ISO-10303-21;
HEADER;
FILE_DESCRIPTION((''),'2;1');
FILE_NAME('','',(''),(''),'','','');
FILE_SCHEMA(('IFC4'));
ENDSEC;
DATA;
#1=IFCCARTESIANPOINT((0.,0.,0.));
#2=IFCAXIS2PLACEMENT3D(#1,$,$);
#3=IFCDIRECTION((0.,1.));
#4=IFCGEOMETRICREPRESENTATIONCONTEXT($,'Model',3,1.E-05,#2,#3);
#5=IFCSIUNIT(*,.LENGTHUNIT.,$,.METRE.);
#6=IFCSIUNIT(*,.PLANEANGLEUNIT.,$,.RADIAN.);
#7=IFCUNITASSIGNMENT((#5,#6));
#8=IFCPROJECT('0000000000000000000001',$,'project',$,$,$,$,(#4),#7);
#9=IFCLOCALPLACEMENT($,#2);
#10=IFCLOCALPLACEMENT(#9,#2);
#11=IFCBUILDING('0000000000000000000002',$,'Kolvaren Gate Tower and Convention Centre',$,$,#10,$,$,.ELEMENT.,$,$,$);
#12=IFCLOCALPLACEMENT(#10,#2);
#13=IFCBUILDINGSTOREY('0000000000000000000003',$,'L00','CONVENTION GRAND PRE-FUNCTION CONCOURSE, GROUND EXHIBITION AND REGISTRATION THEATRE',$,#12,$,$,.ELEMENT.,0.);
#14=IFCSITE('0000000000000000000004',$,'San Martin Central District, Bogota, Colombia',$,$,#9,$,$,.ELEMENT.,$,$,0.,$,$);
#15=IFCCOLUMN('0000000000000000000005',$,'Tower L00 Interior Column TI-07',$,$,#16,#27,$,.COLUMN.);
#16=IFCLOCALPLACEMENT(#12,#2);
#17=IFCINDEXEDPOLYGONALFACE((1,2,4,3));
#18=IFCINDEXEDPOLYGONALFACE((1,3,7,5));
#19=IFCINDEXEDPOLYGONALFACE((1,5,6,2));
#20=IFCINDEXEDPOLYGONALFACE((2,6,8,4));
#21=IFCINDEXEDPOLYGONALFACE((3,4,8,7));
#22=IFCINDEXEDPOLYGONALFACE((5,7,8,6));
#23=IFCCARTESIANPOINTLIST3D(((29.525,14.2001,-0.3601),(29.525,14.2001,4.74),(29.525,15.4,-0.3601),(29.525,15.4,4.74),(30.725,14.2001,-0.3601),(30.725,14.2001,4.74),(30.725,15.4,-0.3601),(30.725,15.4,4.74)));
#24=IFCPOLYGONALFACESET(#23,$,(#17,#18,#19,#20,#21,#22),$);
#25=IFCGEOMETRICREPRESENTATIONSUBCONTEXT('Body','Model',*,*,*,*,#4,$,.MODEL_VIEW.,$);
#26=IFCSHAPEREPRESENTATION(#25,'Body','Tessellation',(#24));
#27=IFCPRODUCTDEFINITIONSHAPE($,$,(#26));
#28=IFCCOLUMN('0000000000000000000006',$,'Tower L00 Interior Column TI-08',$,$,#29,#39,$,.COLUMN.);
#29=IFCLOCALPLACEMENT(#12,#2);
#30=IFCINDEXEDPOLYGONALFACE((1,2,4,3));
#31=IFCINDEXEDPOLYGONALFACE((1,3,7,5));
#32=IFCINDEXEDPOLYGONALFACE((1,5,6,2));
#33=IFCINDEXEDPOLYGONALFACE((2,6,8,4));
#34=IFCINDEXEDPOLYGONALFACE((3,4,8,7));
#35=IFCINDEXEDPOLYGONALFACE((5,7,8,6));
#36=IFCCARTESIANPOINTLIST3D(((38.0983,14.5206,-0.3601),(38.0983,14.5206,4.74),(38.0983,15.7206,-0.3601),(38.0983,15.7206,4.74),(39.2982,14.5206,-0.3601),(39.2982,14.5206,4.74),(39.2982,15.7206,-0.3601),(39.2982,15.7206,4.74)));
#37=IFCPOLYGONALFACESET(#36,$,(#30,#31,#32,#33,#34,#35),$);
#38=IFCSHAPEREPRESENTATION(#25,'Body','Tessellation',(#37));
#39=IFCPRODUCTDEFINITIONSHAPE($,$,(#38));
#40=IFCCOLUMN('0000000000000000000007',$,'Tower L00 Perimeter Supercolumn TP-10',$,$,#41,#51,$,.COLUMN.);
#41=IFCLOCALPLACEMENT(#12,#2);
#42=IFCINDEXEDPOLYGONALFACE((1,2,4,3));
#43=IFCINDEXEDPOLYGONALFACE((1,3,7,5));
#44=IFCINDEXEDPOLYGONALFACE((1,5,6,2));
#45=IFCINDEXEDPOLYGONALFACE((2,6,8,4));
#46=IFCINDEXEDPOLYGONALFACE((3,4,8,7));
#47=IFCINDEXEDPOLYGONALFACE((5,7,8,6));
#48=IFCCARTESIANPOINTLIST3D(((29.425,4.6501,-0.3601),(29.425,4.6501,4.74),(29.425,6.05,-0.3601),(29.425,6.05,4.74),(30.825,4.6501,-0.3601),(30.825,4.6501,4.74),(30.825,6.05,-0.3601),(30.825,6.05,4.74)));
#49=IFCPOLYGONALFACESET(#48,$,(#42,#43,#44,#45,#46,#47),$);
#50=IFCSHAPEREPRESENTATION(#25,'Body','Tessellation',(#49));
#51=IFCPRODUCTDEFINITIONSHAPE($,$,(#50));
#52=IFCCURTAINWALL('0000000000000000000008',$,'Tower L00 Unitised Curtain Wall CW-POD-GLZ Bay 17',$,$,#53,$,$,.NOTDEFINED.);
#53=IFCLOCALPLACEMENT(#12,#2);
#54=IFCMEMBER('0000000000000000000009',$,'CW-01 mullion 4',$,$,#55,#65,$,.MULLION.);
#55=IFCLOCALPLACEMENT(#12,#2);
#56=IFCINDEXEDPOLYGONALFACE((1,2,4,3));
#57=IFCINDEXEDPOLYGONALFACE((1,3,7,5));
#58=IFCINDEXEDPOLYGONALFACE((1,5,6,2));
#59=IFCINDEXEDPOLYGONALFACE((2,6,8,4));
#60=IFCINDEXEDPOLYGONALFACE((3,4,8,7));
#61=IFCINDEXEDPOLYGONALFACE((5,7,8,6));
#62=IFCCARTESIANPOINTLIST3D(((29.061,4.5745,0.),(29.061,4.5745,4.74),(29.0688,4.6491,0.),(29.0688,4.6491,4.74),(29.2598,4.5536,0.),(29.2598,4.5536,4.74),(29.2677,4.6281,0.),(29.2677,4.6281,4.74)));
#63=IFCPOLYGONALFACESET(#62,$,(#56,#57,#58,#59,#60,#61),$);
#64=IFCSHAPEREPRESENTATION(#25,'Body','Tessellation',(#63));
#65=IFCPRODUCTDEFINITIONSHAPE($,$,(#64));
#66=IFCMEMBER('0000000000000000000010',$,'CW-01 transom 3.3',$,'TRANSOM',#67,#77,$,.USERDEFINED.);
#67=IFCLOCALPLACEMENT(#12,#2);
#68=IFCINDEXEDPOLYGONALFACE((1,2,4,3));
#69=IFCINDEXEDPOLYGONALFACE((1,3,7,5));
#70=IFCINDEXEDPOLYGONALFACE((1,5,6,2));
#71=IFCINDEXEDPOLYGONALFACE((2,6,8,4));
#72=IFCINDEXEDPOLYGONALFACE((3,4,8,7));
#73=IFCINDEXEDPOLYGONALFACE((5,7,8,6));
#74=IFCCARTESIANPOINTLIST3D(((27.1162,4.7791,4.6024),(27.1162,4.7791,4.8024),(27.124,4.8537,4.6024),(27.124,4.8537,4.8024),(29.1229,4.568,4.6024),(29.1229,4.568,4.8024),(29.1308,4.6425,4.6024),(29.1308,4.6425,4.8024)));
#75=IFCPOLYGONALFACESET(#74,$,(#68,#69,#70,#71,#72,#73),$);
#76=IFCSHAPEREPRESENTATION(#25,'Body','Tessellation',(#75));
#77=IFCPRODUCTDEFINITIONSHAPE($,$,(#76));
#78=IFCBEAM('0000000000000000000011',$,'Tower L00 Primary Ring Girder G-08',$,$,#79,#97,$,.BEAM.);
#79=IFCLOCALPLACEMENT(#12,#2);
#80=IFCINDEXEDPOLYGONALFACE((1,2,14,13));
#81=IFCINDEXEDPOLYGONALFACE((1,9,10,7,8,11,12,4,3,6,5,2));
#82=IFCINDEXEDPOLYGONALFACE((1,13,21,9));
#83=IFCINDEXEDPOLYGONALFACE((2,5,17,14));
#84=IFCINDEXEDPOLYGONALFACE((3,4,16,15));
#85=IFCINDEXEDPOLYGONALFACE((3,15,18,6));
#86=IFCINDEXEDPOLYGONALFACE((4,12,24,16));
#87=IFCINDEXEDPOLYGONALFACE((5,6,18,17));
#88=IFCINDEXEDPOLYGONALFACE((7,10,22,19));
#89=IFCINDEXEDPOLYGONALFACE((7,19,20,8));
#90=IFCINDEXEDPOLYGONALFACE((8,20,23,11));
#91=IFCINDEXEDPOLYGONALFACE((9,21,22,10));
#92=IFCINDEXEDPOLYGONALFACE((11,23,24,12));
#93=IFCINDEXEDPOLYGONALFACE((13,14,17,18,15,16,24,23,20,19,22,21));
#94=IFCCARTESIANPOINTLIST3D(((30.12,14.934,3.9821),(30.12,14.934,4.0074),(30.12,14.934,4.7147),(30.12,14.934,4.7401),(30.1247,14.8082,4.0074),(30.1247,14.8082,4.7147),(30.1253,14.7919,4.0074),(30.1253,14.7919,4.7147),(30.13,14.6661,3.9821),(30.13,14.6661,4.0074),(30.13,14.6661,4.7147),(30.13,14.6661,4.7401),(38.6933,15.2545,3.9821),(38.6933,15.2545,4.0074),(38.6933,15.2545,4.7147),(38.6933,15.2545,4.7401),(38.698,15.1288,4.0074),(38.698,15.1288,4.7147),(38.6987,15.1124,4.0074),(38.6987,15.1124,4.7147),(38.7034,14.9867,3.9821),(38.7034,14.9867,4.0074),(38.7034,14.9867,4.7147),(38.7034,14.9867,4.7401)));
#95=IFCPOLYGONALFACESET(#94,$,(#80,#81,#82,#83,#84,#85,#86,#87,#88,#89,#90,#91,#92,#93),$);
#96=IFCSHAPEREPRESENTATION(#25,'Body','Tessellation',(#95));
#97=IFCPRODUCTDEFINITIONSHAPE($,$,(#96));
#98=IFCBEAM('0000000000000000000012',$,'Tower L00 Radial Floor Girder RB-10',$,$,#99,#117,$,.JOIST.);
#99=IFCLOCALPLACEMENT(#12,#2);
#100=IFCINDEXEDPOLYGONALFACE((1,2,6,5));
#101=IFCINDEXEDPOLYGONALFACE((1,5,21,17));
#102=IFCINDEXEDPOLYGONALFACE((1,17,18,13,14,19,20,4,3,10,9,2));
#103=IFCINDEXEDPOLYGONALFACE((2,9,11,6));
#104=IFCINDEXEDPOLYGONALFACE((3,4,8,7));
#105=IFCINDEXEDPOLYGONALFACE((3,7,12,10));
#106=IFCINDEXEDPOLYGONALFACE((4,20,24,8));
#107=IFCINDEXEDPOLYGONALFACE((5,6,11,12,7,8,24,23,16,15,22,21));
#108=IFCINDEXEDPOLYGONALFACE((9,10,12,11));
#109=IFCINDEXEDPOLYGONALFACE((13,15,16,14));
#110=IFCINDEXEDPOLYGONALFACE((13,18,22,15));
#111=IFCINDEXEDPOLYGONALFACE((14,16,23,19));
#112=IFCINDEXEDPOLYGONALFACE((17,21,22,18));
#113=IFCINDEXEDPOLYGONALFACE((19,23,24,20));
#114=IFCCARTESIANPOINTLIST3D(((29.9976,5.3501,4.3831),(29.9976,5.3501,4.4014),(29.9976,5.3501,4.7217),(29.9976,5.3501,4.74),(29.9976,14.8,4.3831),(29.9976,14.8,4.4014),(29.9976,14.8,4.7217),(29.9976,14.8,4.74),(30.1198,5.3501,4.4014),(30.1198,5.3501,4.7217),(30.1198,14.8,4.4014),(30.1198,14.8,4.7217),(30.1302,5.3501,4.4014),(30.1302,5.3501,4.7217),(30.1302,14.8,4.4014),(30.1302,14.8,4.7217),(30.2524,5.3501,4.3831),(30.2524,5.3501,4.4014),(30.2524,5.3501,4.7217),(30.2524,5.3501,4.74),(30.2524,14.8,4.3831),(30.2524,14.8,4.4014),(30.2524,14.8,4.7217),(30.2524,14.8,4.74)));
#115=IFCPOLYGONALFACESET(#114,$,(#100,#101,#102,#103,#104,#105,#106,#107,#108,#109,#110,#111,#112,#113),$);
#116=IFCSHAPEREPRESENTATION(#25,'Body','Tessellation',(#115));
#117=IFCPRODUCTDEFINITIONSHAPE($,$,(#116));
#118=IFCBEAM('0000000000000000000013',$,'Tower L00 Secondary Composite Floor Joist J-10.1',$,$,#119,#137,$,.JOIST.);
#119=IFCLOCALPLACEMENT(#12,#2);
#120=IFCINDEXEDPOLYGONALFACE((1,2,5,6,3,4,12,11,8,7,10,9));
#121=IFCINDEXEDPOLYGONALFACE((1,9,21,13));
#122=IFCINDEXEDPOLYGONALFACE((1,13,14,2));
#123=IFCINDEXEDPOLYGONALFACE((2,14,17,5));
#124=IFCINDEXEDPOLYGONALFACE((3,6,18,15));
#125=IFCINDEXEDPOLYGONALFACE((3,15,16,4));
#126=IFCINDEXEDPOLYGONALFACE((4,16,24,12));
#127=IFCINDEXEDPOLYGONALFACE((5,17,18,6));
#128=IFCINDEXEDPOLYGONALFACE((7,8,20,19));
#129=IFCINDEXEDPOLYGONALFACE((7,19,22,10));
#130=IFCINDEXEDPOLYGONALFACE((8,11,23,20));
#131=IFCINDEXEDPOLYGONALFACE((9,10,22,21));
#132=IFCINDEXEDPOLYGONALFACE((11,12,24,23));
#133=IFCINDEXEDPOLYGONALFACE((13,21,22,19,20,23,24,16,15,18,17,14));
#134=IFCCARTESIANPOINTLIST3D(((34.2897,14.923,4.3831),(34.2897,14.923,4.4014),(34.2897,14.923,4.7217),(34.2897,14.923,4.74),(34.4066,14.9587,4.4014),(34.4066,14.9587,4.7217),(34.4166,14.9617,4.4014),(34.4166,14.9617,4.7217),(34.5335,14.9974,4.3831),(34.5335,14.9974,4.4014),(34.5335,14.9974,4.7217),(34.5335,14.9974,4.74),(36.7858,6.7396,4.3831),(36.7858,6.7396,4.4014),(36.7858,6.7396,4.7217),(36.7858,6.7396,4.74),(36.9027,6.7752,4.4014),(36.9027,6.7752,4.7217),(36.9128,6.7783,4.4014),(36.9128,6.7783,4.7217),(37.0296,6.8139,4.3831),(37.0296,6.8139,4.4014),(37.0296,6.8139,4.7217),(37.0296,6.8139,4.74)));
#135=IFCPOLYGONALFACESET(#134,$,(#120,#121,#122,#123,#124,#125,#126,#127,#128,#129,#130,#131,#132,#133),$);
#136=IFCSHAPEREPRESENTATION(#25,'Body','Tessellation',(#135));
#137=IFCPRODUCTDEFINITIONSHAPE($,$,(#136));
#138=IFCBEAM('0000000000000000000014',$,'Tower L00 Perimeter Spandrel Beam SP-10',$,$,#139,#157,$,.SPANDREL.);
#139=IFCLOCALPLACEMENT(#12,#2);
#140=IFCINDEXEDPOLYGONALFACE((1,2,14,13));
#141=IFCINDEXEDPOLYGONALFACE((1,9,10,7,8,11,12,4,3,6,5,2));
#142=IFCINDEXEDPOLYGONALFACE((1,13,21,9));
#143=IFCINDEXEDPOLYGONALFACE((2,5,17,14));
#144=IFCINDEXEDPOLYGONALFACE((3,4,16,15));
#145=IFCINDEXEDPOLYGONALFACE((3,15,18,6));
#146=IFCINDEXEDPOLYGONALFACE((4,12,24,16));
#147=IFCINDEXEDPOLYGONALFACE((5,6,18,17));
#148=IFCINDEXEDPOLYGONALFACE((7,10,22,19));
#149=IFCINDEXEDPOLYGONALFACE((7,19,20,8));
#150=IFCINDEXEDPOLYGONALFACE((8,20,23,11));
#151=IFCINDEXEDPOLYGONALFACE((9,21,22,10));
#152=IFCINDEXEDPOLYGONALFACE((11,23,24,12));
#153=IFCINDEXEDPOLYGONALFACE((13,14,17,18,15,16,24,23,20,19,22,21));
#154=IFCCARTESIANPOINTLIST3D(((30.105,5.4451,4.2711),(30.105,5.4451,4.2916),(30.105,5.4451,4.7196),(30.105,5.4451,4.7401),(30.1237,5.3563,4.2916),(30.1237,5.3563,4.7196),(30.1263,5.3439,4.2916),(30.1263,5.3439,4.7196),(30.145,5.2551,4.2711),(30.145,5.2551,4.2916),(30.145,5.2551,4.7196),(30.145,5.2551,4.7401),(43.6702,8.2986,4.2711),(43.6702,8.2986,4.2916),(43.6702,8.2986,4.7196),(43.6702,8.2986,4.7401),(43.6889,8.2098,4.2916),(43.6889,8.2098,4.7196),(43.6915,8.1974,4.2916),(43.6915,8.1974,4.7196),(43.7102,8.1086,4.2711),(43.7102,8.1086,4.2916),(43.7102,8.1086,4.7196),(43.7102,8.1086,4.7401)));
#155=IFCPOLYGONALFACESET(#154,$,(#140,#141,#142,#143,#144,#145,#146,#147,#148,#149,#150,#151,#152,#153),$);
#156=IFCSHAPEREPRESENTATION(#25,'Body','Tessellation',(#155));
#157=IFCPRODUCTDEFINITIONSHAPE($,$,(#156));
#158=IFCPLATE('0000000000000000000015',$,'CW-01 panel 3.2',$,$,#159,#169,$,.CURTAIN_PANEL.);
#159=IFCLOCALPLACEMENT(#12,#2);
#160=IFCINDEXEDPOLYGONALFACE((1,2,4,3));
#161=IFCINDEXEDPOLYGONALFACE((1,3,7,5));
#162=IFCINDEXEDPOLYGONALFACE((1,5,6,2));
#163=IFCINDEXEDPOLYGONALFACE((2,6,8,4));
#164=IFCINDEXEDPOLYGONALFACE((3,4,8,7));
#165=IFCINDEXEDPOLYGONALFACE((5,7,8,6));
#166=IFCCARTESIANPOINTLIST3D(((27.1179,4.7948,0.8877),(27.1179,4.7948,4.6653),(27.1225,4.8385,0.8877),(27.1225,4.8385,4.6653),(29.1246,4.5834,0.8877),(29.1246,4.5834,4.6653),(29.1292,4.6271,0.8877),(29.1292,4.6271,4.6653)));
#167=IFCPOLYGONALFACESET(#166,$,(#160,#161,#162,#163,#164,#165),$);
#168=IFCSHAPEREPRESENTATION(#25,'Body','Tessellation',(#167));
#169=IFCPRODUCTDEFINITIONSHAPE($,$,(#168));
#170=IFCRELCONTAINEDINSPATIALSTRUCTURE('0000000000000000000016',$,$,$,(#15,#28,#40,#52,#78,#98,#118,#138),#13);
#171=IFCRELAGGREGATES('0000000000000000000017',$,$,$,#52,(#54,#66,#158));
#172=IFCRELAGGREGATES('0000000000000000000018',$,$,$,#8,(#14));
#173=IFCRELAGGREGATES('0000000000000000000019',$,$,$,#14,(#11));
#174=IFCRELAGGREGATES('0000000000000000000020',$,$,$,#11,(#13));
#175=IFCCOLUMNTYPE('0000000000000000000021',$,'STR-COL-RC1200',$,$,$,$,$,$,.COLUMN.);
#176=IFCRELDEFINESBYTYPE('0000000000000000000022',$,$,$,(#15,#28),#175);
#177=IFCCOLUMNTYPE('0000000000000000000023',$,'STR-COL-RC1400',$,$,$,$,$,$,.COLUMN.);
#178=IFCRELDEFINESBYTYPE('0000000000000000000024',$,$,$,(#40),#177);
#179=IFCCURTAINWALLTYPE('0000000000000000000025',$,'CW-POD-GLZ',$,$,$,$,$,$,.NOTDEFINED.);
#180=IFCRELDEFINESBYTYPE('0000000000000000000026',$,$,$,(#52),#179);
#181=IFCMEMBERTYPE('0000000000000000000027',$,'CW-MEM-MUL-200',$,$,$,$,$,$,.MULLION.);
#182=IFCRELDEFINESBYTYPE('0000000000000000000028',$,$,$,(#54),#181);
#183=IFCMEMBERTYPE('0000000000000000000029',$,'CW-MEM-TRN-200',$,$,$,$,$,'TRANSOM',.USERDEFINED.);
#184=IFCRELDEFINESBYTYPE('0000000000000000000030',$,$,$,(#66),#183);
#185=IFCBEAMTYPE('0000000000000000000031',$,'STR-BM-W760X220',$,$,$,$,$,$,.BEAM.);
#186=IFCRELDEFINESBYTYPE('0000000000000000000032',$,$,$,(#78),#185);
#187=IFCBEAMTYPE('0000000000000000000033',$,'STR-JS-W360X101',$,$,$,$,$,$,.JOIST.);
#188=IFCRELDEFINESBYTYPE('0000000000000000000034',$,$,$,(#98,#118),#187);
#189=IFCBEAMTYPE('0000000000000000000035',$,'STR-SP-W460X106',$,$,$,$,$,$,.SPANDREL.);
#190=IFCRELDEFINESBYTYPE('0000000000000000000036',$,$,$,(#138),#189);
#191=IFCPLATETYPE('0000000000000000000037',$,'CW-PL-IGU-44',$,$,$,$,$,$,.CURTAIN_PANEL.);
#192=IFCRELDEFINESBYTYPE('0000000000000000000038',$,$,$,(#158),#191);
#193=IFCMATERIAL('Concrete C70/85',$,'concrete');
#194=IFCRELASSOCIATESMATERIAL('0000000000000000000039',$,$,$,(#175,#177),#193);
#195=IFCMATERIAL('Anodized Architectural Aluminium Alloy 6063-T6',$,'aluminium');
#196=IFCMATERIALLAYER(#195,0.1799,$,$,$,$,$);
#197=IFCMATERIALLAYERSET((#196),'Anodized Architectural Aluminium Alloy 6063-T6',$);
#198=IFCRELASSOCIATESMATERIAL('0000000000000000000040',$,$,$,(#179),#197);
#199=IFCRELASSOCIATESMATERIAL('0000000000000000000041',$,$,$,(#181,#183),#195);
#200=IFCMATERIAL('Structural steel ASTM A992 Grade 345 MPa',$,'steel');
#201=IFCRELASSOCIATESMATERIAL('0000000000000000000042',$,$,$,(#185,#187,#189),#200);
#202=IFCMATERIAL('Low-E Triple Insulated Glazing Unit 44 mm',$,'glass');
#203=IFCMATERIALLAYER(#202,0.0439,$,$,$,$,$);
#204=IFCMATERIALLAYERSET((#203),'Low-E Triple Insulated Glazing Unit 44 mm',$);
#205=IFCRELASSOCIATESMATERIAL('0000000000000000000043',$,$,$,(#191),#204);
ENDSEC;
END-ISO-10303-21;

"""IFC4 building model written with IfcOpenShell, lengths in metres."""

from ifc_helpers import new_model, si_unit, direction, frame, origin, origin_2d, place, context, subcontext, project, spatial, rectangle, i_section, extrude, material, layer, layer_set, material_profile, profile_set, type_object, element, aggregate, save


model = new_model("IFC4")

# Units and contexts
model_context = context("Model", 3, precision=1e-05, world=origin(), true_north=direction((0.0, 1.0)))
body_context = subcontext(model_context, "Body", "Model", "MODEL_VIEW")
ifc_project = project(units=[si_unit("LENGTHUNIT", "METRE"), si_unit("PLANEANGLEUNIT", "RADIAN")], contexts=[model_context])

# Site, building, storey
site_placement = place(None, origin())
site = spatial("IfcSite", under=ifc_project, at=site_placement, Name="San Martin Central District, Bogota, Colombia", CompositionType="ELEMENT", RefElevation=0.0)
building_placement = place(site_placement, origin())
building = spatial("IfcBuilding", under=site, at=building_placement, Name="Kolvaren Gate Tower and Convention Centre", CompositionType="ELEMENT")
storey_placement = place(building_placement, origin())
storey = spatial("IfcBuildingStorey", under=building, at=storey_placement, Name="L00", Description="CONVENTION GRAND PRE-FUNCTION CONCOURSE, GROUND EXHIBITION AND REGISTRATION THEATRE", CompositionType="ELEMENT", Elevation=0.0)

# Columns
ifc_material_1 = material(Name="Concrete C70/85", Category="concrete")
ifc_material_profile_1 = material_profile(ifc_material_1, rectangle(XDim=1.2, YDim=1.2, at=origin_2d()), Name="RC-COL-1200X1200")
ifc_profile_set_1 = profile_set([ifc_material_profile_1], Name="Concrete C70/85")
column_type_1 = type_object("IfcColumnType", Name="STR-COL-RC1200", PredefinedType="COLUMN", material=ifc_profile_set_1)
for number, where, z_axis, x_axis, name in (
    (1, (30.125, 14.8, -0.3601), (0.0, 0.0, 1.0), (1.0, 0.0, 0.0), "Tower L00 Interior Column TI-07"),
    (2, (38.6982, 15.1206, -0.3601), (0.0, 0.0, 1.0), (1.0, 0.0, 0.0), "Tower L00 Interior Column TI-08"),
):
    element("IfcColumn", number, at=place(storey_placement, frame(where, z_axis=z_axis, x_axis=x_axis)), inside=storey, type_object=column_type_1, Name=name, PredefinedType="COLUMN", context=body_context, shape_type="SweptSolid", body=[
        extrude(rectangle(XDim=1.2, YDim=1.2, at=origin_2d()), origin(), (0.0, 0.0, 1.0), 5.1001),
    ])
ifc_material_profile_2 = material_profile(ifc_material_1, rectangle(XDim=1.3999, YDim=1.3999, at=origin_2d()), Name="RC-COL-1400X1400")
ifc_profile_set_2 = profile_set([ifc_material_profile_2], Name="Concrete C70/85")
column_type_2 = type_object("IfcColumnType", Name="STR-COL-RC1400", PredefinedType="COLUMN", material=ifc_profile_set_2)
column_placement = place(storey_placement, frame((30.125, 5.3501, -0.3601), z_axis=(0.0, 0.0, 1.0), x_axis=(1.0, 0.0, 0.0)))
element("IfcColumn", 3, at=column_placement, inside=storey, type_object=column_type_2, Name="Tower L00 Perimeter Supercolumn TP-10", PredefinedType="COLUMN", context=body_context, shape_type="SweptSolid", body=[
    extrude(rectangle(XDim=1.3999, YDim=1.3999, at=origin_2d()), origin(), (0.0, 0.0, 1.0), 5.1001),
])

# Curtain wall, members
ifc_material_2 = material(Name="Anodized Architectural Aluminium Alloy 6063-T6", Category="aluminium")
ifc_layer_1 = layer(ifc_material_2, 0.1799)
ifc_layer_set_1 = layer_set([ifc_layer_1], Name="Anodized Architectural Aluminium Alloy 6063-T6")
curtain_wall_type = type_object("IfcCurtainWallType", Name="CW-POD-GLZ", PredefinedType="NOTDEFINED", material=ifc_layer_set_1)
curtain_wall_placement = place(storey_placement, origin())
curtain_wall = element("IfcCurtainWall", 4, at=curtain_wall_placement, inside=storey, type_object=curtain_wall_type, Name="Tower L00 Unitised Curtain Wall CW-POD-GLZ Bay 17", PredefinedType="NOTDEFINED")
ifc_material_profile_3 = material_profile(ifc_material_2, rectangle(XDim=0.075, YDim=0.2, at=origin_2d()), Name="CW-MEM-MUL-200")
ifc_profile_set_3 = profile_set([ifc_material_profile_3], Name="Anodized Architectural Aluminium Alloy 6063-T6")
member_type_1 = type_object("IfcMemberType", Name="CW-MEM-MUL-200", PredefinedType="MULLION", material=ifc_profile_set_3)
member_1_placement = place(storey_placement, frame((29.1643, 4.6013, 0.0), z_axis=(0.0, 0.0, 1.0), x_axis=(0.104742, 0.994499, 0.0)))
member_1 = element("IfcMember", 5, at=member_1_placement, type_object=member_type_1, Name="CW-01 mullion 4", PredefinedType="MULLION", context=body_context, shape_type="SweptSolid", body=[
    extrude(rectangle(XDim=0.075, YDim=0.2, at=origin_2d()), origin(), (0.0, 0.0, 1.0), 4.74),
])
ifc_material_profile_4 = material_profile(ifc_material_2, rectangle(XDim=0.075, YDim=0.2, at=origin_2d()), Name="CW-MEM-TRN-200")
ifc_profile_set_4 = profile_set([ifc_material_profile_4], Name="Anodized Architectural Aluminium Alloy 6063-T6")
member_type_2 = type_object("IfcMemberType", Name="CW-MEM-TRN-200", ElementType="TRANSOM", PredefinedType="USERDEFINED", material=ifc_profile_set_4)
member_2_placement = place(storey_placement, frame((27.1201, 4.8164, 4.7024), z_axis=(0.994509, -0.104653, 0.0), x_axis=(0.104653, 0.994509, 0.0)))
member_2 = element("IfcMember", 6, at=member_2_placement, type_object=member_type_2, Name="CW-01 transom 3.3", ObjectType="TRANSOM", PredefinedType="USERDEFINED", context=body_context, shape_type="SweptSolid", body=[
    extrude(rectangle(XDim=0.075, YDim=0.2, at=origin_2d()), origin(), (0.0, 0.0, 1.0), 2.0178),
])

# Beams
ifc_material_3 = material(Name="Structural steel ASTM A992 Grade 345 MPa", Category="steel")
ifc_material_profile_5 = material_profile(ifc_material_3, i_section(OverallWidth=0.2681, OverallDepth=0.7581, WebThickness=0.0164, FlangeThickness=0.0254, at=origin_2d()), Name="W760X220")
ifc_profile_set_5 = profile_set([ifc_material_profile_5], Name="Structural steel ASTM A992 Grade 345 MPa")
beam_type_1 = type_object("IfcBeamType", Name="STR-BM-W760X220", PredefinedType="BEAM", material=ifc_profile_set_5)
beam_1_placement = place(storey_placement, frame((30.125, 14.8, 4.3611), z_axis=(0.999302, 0.037364, 0.0), x_axis=(-0.037364, 0.999302, 0.0)))
element("IfcBeam", 7, at=beam_1_placement, inside=storey, type_object=beam_type_1, Name="Tower L00 Primary Ring Girder G-08", PredefinedType="BEAM", context=body_context, shape_type="SweptSolid", body=[
    extrude(i_section(OverallWidth=0.2681, OverallDepth=0.7581, WebThickness=0.0164, FlangeThickness=0.0254, at=origin_2d()), origin(), (0.0, 0.0, 1.0), 8.5793),
])
ifc_material_profile_6 = material_profile(ifc_material_3, i_section(OverallWidth=0.2549, OverallDepth=0.3569, WebThickness=0.0105, FlangeThickness=0.0183, at=origin_2d()), Name="W360X101")
ifc_profile_set_6 = profile_set([ifc_material_profile_6], Name="Structural steel ASTM A992 Grade 345 MPa")
beam_type_2 = type_object("IfcBeamType", Name="STR-JS-W360X101", PredefinedType="JOIST", material=ifc_profile_set_6)
beam_2_placement = place(storey_placement, frame((30.125, 14.8, 4.5615), z_axis=(0.0, -1.0, 0.0), x_axis=(1.0, 0.0, 0.0)))
element("IfcBeam", 8, at=beam_2_placement, inside=storey, type_object=beam_type_2, Name="Tower L00 Radial Floor Girder RB-10", PredefinedType="JOIST", context=body_context, shape_type="SweptSolid", body=[
    extrude(i_section(OverallWidth=0.2549, OverallDepth=0.3569, WebThickness=0.0105, FlangeThickness=0.0183, at=origin_2d()), origin(), (0.0, 0.0, 1.0), 9.45),
])
beam_3_placement = place(storey_placement, frame((34.4116, 14.9602, 4.5615), z_axis=(0.291751, -0.956494, 0.0), x_axis=(0.956494, 0.291751, 0.0)))
element("IfcBeam", 9, at=beam_3_placement, inside=storey, type_object=beam_type_2, Name="Tower L00 Secondary Composite Floor Joist J-10.1", PredefinedType="JOIST", context=body_context, shape_type="SweptSolid", body=[
    extrude(i_section(OverallWidth=0.2549, OverallDepth=0.3569, WebThickness=0.0105, FlangeThickness=0.0183, at=origin_2d()), origin(), (0.0, 0.0, 1.0), 8.5557),
])
ifc_material_profile_7 = material_profile(ifc_material_3, i_section(OverallWidth=0.1941, OverallDepth=0.469, WebThickness=0.0127, FlangeThickness=0.0205, at=origin_2d()), Name="W460X106")
ifc_profile_set_7 = profile_set([ifc_material_profile_7], Name="Structural steel ASTM A992 Grade 345 MPa")
beam_type_3 = type_object("IfcBeamType", Name="STR-SP-W460X106", PredefinedType="SPANDREL", material=ifc_profile_set_7)
beam_4_placement = place(storey_placement, frame((30.125, 5.3501, 4.5056), z_axis=(0.978583, 0.205851, 0.0), x_axis=(-0.205851, 0.978583, 0.0)))
element("IfcBeam", 10, at=beam_4_placement, inside=storey, type_object=beam_type_3, Name="Tower L00 Perimeter Spandrel Beam SP-10", PredefinedType="SPANDREL", context=body_context, shape_type="SweptSolid", body=[
    extrude(i_section(OverallWidth=0.1941, OverallDepth=0.469, WebThickness=0.0127, FlangeThickness=0.0205, at=origin_2d()), origin(), (0.0, 0.0, 1.0), 13.8621),
])

# Plate
ifc_material_4 = material(Name="Low-E Triple Insulated Glazing Unit 44 mm", Category="glass")
ifc_layer_2 = layer(ifc_material_4, 0.0439)
ifc_layer_set_2 = layer_set([ifc_layer_2], Name="Low-E Triple Insulated Glazing Unit 44 mm")
plate_type_1 = type_object("IfcPlateType", Name="CW-PL-IGU-44", PredefinedType="CURTAIN_PANEL", material=ifc_layer_set_2)
plate_1_placement = place(storey_placement, frame((28.1235, 4.7109, 0.8877), z_axis=(0.0, 0.0, 1.0), x_axis=(0.994499, -0.104742, 0.0)))
plate_1 = element("IfcPlate", 11, at=plate_1_placement, type_object=plate_type_1, Name="CW-01 panel 3.2", PredefinedType="CURTAIN_PANEL", context=body_context, shape_type="SweptSolid", body=[
    extrude(rectangle(XDim=2.0178, YDim=0.0439, at=origin_2d()), origin(), (0.0, 0.0, 1.0), 3.7776),
])
aggregate(curtain_wall, [member_1, member_2, plate_1])

save(model, "model.ifc")
